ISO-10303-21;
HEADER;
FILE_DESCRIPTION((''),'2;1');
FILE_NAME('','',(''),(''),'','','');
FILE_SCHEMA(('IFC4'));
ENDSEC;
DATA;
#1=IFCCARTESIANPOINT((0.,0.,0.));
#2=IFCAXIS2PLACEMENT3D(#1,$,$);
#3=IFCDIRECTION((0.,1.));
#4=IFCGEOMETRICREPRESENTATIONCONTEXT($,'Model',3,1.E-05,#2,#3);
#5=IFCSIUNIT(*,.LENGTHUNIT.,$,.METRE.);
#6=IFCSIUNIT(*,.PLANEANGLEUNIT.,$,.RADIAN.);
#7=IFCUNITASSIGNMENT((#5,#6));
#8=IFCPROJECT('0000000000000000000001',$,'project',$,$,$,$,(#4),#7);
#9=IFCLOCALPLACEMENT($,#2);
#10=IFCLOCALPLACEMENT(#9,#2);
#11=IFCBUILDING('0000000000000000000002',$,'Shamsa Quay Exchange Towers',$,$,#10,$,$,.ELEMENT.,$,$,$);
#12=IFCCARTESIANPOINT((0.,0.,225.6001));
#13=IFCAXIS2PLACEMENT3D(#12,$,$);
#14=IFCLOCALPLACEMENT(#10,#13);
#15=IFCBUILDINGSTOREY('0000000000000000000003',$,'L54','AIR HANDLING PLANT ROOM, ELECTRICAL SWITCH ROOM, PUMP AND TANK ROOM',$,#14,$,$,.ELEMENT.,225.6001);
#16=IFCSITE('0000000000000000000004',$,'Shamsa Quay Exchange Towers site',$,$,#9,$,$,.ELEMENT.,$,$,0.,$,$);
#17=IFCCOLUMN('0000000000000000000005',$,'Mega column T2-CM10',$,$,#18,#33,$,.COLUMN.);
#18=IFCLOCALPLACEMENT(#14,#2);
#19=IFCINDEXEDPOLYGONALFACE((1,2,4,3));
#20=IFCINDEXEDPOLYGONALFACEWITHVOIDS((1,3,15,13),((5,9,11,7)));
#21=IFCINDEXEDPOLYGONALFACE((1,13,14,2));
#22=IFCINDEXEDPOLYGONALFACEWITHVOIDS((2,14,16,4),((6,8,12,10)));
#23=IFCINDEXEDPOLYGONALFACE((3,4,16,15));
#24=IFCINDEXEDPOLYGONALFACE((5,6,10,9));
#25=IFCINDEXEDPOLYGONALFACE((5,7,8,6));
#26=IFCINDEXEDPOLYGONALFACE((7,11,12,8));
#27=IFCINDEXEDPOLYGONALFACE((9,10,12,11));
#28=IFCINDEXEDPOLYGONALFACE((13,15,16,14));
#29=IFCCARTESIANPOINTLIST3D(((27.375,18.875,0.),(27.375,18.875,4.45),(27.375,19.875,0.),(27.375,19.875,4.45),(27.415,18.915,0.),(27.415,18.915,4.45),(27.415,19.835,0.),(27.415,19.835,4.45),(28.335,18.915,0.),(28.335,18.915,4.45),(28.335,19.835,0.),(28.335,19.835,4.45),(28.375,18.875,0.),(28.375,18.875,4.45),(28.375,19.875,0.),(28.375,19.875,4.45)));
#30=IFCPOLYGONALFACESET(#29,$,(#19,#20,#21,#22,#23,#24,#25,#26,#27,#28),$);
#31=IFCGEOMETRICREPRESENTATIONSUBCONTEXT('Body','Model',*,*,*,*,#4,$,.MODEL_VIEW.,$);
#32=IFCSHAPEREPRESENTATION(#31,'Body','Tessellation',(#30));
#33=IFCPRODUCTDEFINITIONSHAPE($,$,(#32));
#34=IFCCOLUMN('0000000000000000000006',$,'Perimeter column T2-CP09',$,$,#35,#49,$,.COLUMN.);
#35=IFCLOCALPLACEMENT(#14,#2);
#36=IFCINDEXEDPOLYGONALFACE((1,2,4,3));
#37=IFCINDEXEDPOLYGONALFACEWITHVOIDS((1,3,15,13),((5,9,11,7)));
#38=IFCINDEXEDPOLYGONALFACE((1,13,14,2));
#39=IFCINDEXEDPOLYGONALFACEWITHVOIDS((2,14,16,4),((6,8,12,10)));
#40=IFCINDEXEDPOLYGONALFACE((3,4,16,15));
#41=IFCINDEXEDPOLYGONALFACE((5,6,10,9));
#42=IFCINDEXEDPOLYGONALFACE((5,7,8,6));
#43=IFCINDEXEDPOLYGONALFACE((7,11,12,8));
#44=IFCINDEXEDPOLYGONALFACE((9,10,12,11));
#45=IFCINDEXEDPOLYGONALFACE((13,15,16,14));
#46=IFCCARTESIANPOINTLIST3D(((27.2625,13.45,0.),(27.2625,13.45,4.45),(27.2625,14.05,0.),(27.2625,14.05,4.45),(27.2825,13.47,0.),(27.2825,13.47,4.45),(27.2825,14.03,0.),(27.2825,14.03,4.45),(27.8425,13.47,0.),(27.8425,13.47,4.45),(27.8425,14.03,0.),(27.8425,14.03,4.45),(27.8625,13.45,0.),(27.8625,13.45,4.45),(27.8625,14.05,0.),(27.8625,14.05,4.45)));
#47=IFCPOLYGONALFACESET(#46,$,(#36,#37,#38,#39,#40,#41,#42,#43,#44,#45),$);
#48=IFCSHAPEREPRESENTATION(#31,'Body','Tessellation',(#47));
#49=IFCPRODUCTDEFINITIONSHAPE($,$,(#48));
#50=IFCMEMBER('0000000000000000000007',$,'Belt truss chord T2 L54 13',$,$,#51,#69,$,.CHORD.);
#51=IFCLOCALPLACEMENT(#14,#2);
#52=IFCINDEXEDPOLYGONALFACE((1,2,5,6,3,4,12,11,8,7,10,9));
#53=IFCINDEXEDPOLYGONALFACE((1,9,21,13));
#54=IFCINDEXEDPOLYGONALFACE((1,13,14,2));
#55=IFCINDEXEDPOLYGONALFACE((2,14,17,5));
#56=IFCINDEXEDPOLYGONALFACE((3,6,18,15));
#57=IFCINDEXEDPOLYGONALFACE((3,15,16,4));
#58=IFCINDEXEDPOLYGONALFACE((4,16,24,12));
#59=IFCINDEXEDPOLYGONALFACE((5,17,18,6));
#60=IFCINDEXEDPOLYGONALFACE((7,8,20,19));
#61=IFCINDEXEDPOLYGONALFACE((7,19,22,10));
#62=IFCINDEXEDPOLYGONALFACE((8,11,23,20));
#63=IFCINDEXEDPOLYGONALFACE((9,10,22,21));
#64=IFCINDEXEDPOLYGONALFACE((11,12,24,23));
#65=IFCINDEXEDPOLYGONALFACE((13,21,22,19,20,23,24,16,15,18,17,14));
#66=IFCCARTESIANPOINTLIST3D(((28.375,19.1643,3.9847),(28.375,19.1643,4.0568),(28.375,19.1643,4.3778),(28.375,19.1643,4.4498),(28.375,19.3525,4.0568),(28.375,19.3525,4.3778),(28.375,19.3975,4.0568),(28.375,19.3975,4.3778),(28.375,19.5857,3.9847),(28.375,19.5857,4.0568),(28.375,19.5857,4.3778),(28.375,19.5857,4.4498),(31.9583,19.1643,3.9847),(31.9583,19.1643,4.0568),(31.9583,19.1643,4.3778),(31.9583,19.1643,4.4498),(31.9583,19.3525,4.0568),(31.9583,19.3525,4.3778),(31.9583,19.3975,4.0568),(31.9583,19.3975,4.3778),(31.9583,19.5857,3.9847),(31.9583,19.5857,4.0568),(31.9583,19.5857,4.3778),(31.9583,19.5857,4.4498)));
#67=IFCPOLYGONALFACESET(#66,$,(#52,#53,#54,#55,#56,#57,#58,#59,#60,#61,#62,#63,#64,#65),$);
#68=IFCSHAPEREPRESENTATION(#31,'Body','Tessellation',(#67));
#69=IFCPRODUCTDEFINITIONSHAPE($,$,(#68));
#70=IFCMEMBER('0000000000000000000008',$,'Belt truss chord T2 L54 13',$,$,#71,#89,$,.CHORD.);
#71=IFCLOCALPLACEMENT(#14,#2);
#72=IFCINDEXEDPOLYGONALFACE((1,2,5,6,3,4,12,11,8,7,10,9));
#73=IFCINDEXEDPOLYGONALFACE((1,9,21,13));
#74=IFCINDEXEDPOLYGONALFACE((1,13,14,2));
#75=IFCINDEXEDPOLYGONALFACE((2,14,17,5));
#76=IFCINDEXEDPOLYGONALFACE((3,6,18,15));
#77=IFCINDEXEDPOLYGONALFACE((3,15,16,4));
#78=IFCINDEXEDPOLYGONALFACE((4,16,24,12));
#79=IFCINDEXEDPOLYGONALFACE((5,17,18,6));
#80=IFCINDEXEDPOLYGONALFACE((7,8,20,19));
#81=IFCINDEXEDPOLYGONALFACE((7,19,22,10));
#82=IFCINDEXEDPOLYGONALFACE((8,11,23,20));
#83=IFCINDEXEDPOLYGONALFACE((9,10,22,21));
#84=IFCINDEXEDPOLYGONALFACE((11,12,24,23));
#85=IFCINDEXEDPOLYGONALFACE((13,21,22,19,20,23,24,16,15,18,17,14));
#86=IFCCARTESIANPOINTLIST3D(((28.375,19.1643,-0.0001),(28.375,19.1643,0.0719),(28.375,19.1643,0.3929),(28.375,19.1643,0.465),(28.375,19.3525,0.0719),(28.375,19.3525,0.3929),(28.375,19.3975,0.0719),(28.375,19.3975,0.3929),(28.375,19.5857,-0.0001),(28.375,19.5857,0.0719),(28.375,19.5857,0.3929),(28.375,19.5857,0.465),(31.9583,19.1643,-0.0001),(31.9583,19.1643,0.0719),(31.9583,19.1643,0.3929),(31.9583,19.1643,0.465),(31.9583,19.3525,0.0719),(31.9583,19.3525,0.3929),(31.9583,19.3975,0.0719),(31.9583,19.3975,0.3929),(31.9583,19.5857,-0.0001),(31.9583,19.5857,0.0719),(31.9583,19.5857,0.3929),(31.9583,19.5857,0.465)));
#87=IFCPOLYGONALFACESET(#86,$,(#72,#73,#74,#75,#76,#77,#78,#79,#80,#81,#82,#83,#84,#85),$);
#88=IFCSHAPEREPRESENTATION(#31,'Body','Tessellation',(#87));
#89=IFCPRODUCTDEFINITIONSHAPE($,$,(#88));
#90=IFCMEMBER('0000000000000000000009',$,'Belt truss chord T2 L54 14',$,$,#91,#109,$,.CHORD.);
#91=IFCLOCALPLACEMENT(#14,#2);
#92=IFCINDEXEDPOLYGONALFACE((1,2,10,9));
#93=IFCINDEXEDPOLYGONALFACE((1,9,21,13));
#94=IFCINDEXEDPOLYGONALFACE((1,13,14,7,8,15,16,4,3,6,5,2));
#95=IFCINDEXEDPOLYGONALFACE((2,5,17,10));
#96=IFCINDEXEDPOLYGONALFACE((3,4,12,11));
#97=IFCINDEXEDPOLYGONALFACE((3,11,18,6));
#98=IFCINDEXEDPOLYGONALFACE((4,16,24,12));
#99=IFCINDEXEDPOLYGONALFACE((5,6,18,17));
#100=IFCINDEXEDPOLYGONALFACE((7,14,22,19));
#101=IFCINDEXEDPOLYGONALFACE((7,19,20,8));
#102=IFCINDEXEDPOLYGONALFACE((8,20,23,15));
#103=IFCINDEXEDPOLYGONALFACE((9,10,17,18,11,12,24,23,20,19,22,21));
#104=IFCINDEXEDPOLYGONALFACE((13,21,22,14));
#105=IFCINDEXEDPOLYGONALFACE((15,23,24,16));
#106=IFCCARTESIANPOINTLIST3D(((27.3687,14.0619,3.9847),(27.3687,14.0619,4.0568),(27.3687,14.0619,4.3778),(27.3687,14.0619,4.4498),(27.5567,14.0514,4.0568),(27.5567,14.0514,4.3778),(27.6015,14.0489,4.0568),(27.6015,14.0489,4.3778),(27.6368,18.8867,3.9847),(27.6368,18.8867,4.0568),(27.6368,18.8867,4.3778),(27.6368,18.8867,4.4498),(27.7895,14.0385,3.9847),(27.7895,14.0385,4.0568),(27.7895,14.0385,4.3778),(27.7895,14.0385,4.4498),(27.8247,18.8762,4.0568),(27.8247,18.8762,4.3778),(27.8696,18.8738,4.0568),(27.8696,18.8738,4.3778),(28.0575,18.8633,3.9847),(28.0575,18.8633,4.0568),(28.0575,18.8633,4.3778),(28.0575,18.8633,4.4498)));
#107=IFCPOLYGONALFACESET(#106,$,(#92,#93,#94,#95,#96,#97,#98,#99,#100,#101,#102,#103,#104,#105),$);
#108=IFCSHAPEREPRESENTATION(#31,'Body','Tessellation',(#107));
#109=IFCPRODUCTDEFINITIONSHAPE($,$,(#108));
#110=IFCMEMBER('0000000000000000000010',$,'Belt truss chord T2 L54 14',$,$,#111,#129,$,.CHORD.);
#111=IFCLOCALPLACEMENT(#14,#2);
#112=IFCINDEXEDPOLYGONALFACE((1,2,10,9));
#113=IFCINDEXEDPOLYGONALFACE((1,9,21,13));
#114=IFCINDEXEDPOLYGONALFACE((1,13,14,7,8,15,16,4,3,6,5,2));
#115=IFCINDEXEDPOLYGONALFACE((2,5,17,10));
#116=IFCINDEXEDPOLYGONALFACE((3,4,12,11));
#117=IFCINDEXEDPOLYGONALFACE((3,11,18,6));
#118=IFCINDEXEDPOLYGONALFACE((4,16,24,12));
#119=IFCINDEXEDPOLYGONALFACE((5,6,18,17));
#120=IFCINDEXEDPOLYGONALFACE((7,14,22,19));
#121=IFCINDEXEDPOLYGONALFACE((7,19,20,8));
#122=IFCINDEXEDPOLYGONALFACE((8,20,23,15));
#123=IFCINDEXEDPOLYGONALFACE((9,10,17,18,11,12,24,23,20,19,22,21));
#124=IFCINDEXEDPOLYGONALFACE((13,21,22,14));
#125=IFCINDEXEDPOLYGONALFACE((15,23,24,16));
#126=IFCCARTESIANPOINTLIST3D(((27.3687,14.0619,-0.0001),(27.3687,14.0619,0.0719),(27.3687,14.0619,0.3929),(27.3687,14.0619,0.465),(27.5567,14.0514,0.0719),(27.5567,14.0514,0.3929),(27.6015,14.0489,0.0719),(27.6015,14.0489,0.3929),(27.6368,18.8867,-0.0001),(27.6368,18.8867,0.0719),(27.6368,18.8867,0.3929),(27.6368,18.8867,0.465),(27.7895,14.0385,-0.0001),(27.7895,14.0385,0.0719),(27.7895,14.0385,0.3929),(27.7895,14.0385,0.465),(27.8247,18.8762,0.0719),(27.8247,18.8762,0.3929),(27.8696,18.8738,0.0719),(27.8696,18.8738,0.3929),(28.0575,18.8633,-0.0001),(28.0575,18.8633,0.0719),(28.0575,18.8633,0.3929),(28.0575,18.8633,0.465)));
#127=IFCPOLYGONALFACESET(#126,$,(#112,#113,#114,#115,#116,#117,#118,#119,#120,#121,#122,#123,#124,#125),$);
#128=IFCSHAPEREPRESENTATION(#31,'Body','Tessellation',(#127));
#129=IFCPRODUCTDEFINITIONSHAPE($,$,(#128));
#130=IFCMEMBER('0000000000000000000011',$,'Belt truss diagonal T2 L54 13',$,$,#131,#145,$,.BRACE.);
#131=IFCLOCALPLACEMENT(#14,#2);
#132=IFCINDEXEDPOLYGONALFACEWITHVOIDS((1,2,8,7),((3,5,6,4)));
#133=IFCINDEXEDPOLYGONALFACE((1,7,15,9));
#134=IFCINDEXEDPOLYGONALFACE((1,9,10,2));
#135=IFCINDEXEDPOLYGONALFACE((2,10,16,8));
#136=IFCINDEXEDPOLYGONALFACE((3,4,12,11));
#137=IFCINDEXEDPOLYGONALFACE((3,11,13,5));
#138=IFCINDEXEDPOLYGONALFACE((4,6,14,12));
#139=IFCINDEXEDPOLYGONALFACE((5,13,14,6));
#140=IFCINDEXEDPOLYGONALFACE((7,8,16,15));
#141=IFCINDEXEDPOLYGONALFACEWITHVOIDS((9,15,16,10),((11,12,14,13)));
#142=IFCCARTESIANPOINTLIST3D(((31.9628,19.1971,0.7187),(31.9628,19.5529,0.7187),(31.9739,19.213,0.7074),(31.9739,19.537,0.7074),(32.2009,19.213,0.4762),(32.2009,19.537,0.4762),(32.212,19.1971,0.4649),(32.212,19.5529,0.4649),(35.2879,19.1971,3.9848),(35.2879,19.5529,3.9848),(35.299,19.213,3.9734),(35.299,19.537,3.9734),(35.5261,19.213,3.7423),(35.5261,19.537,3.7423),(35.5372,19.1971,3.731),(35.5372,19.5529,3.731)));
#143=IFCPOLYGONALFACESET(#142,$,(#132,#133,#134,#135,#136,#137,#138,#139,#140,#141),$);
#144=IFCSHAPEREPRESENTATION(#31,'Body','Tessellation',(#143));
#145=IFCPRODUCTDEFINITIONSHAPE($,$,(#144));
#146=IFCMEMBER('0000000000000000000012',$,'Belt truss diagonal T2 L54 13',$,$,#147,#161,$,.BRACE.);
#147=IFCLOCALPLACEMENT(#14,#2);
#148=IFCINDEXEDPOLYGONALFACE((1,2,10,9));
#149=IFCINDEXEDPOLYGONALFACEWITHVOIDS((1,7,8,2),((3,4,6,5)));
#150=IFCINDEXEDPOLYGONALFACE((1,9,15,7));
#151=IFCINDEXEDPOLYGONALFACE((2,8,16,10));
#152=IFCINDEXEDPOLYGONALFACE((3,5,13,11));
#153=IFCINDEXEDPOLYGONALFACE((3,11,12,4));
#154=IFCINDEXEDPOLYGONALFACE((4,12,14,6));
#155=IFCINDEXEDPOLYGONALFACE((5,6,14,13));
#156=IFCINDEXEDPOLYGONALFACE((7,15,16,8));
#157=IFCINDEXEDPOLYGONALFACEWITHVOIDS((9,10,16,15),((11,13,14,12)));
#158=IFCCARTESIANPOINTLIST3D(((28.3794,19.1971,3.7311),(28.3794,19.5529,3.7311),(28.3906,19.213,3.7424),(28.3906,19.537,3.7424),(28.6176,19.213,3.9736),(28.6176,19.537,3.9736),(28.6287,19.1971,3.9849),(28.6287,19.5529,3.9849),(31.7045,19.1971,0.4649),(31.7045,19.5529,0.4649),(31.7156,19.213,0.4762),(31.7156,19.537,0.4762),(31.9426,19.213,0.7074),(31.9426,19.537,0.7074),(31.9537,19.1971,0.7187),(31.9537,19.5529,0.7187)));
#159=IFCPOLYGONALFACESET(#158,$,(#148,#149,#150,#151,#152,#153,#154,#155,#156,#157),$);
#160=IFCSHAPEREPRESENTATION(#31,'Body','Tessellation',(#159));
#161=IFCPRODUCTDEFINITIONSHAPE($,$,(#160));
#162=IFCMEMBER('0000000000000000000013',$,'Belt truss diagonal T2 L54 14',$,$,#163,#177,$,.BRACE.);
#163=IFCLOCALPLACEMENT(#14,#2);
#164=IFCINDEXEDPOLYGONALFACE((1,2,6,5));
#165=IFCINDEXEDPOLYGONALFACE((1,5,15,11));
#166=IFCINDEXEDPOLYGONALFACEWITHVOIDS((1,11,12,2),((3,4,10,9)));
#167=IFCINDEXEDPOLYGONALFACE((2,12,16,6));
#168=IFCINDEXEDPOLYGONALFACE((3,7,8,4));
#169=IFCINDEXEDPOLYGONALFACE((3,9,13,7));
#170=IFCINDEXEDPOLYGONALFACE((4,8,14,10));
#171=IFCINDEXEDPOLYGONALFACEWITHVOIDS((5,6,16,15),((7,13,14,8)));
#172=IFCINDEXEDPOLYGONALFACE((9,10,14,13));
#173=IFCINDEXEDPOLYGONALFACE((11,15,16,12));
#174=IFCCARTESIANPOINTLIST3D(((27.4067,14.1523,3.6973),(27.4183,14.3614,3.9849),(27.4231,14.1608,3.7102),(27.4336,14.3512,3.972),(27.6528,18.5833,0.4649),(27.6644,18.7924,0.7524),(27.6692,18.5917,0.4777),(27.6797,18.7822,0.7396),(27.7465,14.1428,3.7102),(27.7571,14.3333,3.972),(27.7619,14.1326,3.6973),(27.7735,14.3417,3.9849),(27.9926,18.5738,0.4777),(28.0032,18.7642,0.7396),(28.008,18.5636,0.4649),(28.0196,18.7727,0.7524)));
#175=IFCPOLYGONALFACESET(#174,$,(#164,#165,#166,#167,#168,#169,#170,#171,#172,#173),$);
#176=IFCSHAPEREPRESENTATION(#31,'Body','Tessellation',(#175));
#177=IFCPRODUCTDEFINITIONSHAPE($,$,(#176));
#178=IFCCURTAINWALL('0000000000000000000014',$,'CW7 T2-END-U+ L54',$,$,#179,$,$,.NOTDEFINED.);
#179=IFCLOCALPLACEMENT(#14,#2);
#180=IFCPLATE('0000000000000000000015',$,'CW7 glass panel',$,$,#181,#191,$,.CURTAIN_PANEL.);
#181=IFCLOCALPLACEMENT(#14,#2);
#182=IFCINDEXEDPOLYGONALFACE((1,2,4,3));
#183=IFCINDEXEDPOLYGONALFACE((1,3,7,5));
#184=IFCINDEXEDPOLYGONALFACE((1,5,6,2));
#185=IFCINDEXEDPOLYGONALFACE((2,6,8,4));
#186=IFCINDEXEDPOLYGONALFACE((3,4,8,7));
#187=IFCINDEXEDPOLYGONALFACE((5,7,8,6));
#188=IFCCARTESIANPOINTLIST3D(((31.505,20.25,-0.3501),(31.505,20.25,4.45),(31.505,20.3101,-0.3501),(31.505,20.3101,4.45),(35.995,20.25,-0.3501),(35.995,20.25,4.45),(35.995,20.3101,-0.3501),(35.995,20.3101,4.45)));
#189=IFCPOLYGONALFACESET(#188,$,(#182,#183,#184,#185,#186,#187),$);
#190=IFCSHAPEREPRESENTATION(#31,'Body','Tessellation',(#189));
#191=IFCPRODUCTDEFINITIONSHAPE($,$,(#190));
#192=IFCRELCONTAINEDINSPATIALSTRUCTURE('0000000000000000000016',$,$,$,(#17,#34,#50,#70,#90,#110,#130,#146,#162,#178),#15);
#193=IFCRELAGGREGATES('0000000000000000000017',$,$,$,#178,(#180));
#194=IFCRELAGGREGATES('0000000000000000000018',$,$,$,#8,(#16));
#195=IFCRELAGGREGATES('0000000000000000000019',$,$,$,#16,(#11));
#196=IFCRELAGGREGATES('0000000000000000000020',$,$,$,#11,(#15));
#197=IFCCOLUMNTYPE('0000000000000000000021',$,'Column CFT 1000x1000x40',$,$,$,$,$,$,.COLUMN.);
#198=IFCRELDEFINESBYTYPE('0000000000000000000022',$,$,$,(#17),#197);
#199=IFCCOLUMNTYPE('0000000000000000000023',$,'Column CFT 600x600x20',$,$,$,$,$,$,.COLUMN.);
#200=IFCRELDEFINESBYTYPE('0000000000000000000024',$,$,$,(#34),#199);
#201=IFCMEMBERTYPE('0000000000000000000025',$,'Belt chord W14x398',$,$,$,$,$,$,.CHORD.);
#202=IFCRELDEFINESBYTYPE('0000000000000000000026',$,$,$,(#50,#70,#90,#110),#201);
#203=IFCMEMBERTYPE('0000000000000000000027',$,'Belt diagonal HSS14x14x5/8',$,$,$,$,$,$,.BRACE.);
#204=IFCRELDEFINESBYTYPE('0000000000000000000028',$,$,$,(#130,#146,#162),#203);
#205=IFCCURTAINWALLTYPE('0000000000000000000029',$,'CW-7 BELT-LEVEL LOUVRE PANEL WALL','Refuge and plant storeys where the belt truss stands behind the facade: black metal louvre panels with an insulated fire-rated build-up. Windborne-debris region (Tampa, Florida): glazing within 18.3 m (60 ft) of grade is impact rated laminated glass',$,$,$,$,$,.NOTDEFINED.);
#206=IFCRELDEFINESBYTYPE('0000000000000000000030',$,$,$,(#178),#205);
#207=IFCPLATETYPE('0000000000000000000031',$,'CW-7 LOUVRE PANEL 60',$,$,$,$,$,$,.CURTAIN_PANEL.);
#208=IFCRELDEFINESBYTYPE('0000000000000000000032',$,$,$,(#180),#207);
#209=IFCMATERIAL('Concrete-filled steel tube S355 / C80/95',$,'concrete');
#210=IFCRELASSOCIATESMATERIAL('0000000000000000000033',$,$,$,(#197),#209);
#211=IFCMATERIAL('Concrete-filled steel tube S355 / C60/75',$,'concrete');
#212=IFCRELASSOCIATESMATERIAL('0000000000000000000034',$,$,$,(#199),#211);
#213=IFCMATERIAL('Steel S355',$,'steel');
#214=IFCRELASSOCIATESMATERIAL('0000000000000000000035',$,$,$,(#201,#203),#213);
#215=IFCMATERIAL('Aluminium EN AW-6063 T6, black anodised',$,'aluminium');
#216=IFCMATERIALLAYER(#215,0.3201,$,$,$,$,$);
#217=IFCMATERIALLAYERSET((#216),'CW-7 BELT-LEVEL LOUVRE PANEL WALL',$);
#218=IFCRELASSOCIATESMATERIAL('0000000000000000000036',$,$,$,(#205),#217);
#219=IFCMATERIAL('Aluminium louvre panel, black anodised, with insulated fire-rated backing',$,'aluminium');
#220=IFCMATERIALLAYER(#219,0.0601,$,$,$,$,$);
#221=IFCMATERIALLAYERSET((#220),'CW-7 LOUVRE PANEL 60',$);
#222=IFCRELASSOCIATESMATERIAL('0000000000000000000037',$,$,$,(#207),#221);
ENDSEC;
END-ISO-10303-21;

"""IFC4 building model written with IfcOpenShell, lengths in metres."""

from ifc_helpers import new_model, si_unit, direction, frame, origin, origin_2d, place, context, subcontext, project, spatial, rectangle, hollow_rectangle, i_section, extrude, material, layer, layer_set, material_profile, profile_set, type_object, element, aggregate, save


model = new_model("IFC4")

# Units and contexts
model_context = context("Model", 3, precision=1e-05, world=origin(), true_north=direction((0.0, 1.0)))
body_context = subcontext(model_context, "Body", "Model", "MODEL_VIEW")
ifc_project = project(units=[si_unit("LENGTHUNIT", "METRE"), si_unit("PLANEANGLEUNIT", "RADIAN")], contexts=[model_context])

# Site, building, storey
site_placement = place(None, origin())
site = spatial("IfcSite", under=ifc_project, at=site_placement, Name="Shamsa Quay Exchange Towers site", CompositionType="ELEMENT", RefElevation=0.0)
building_placement = place(site_placement, origin())
building = spatial("IfcBuilding", under=site, at=building_placement, Name="Shamsa Quay Exchange Towers", CompositionType="ELEMENT")
storey_placement = place(building_placement, frame((0.0, 0.0, 225.6001)))
storey = spatial("IfcBuildingStorey", under=building, at=storey_placement, Name="L54", Description="AIR HANDLING PLANT ROOM, ELECTRICAL SWITCH ROOM, PUMP AND TANK ROOM", CompositionType="ELEMENT", Elevation=225.6001)

# Columns
ifc_material_1 = material(Name="Concrete-filled steel tube S355 / C80/95", Category="concrete")
ifc_material_profile_1 = material_profile(ifc_material_1, hollow_rectangle(XDim=1.0, YDim=1.0, WallThickness=0.04, at=origin_2d()), Name="CFT 1000x1000x40")
ifc_profile_set_1 = profile_set([ifc_material_profile_1], Name="Concrete-filled steel tube S355 / C80/95")
column_type_1 = type_object("IfcColumnType", Name="Column CFT 1000x1000x40", PredefinedType="COLUMN", material=ifc_profile_set_1)
column_1_placement = place(storey_placement, frame((27.875, 19.375, 0.0)))
element("IfcColumn", 1, at=column_1_placement, inside=storey, type_object=column_type_1, Name="Mega column T2-CM10", PredefinedType="COLUMN", context=body_context, shape_type="SweptSolid", body=[
    extrude(hollow_rectangle(XDim=1.0, YDim=1.0, WallThickness=0.04, at=origin_2d()), origin(), (0.0, 0.0, 1.0), 4.45),
])
ifc_material_2 = material(Name="Concrete-filled steel tube S355 / C60/75", Category="concrete")
ifc_material_profile_2 = material_profile(ifc_material_2, hollow_rectangle(XDim=0.6001, YDim=0.6001, WallThickness=0.02, at=origin_2d()), Name="CFT 600x600x20")
ifc_profile_set_2 = profile_set([ifc_material_profile_2], Name="Concrete-filled steel tube S355 / C60/75")
column_type_2 = type_object("IfcColumnType", Name="Column CFT 600x600x20", PredefinedType="COLUMN", material=ifc_profile_set_2)
column_2_placement = place(storey_placement, frame((27.5625, 13.75, 0.0)))
element("IfcColumn", 2, at=column_2_placement, inside=storey, type_object=column_type_2, Name="Perimeter column T2-CP09", PredefinedType="COLUMN", context=body_context, shape_type="SweptSolid", body=[
    extrude(hollow_rectangle(XDim=0.6001, YDim=0.6001, WallThickness=0.02, at=origin_2d()), origin(), (0.0, 0.0, 1.0), 4.45),
])

# Members
ifc_material_3 = material(Name="Steel S355", Category="steel")
ifc_material_profile_3 = material_profile(ifc_material_3, i_section(OverallWidth=0.4214, OverallDepth=0.4651, WebThickness=0.0449, FlangeThickness=0.072, at=origin_2d()), Name="W14x398")
ifc_profile_set_3 = profile_set([ifc_material_profile_3], Name="Steel S355")
member_type_1 = type_object("IfcMemberType", Name="Belt chord W14x398", PredefinedType="CHORD", material=ifc_profile_set_3)
for number, where, z_axis, x_axis, name in (
    (3, (31.9583, 19.375, 4.2173), (-1.0, 0.0, 0.0), (0.0, -1.0, 0.0), "Belt truss chord T2 L54 13"),
    (4, (31.9583, 19.375, 0.2324), (-1.0, 0.0, 0.0), (0.0, -1.0, 0.0), "Belt truss chord T2 L54 13"),
):
    element("IfcMember", number, at=place(storey_placement, frame(where, z_axis=z_axis, x_axis=x_axis)), inside=storey, type_object=member_type_1, Name=name, PredefinedType="CHORD", context=body_context, shape_type="SweptSolid", body=[
        extrude(i_section(OverallWidth=0.4214, OverallDepth=0.4651, WebThickness=0.0449, FlangeThickness=0.072, at=origin_2d()), origin(), (0.0, 0.0, 1.0), 3.5833),
    ])
for number, where, z_axis, x_axis, name in (
    (5, (27.8472, 18.875, 4.2173), (-0.055473, -0.99846, 0.0), (0.99846, -0.055473, 0.0), "Belt truss chord T2 L54 14"),
    (6, (27.8472, 18.875, 0.2324), (-0.055473, -0.99846, 0.0), (0.99846, -0.055473, 0.0), "Belt truss chord T2 L54 14"),
):
    element("IfcMember", number, at=place(storey_placement, frame(where, z_axis=z_axis, x_axis=x_axis)), inside=storey, type_object=member_type_1, Name=name, PredefinedType="CHORD", context=body_context, shape_type="SweptSolid", body=[
        extrude(i_section(OverallWidth=0.4214, OverallDepth=0.4651, WebThickness=0.0449, FlangeThickness=0.072, at=origin_2d()), origin(), (0.0, 0.0, 1.0), 4.8323),
    ])
ifc_material_profile_4 = material_profile(ifc_material_3, hollow_rectangle(XDim=0.3557, YDim=0.3557, WallThickness=0.0159, at=origin_2d()), Name="HSS14x14x5/8")
ifc_profile_set_4 = profile_set([ifc_material_profile_4], Name="Steel S355")
member_type_2 = type_object("IfcMemberType", Name="Belt diagonal HSS14x14x5/8", PredefinedType="BRACE", material=ifc_profile_set_4)
for number, where, z_axis, x_axis, name in (
    (7, (32.0874, 19.375, 0.5918), (0.713416, 0.0, 0.70074), (0.0, 1.0, 0.0), "Belt truss diagonal T2 L54 13"),
    (8, (31.8291, 19.375, 0.5918), (-0.713391, 0.0, 0.700767), (0.0, -1.0, 0.0), "Belt truss diagonal T2 L54 13"),
):
    element("IfcMember", number, at=place(storey_placement, frame(where, z_axis=z_axis, x_axis=x_axis)), inside=storey, type_object=member_type_2, Name=name, PredefinedType="BRACE", context=body_context, shape_type="SweptSolid", body=[
        extrude(hollow_rectangle(XDim=0.3557, YDim=0.3557, WallThickness=0.0159, at=origin_2d()), origin(), (0.0, 0.0, 1.0), 4.6609),
    ])
member_placement = place(storey_placement, frame((27.8362, 18.678, 0.6086), z_axis=(-0.044824, -0.807061, 0.588764), x_axis=(0.998461, -0.055455, 0.0)))
element("IfcMember", 9, at=member_placement, inside=storey, type_object=member_type_2, Name="Belt truss diagonal T2 L54 14", PredefinedType="BRACE", context=body_context, shape_type="SweptSolid", body=[
    extrude(hollow_rectangle(XDim=0.3557, YDim=0.3557, WallThickness=0.0159, at=origin_2d()), origin(), (0.0, 0.0, 1.0), 5.4902),
])

# Curtain wall, plate
ifc_material_4 = material(Name="Aluminium EN AW-6063 T6, black anodised", Category="aluminium")
ifc_layer_1 = layer(ifc_material_4, 0.3201)
ifc_layer_set_1 = layer_set([ifc_layer_1], Name="CW-7 BELT-LEVEL LOUVRE PANEL WALL")
curtain_wall_type = type_object("IfcCurtainWallType", Name="CW-7 BELT-LEVEL LOUVRE PANEL WALL", Description="Refuge and plant storeys where the belt truss stands behind the facade: black metal louvre panels with an insulated fire-rated build-up. Windborne-debris region (Tampa, Florida): glazing within 18.3 m (60 ft) of grade is impact rated laminated glass", PredefinedType="NOTDEFINED", material=ifc_layer_set_1)
curtain_wall_1_placement = place(storey_placement, origin())
curtain_wall_1 = element("IfcCurtainWall", 10, at=curtain_wall_1_placement, inside=storey, type_object=curtain_wall_type, Name="CW7 T2-END-U+ L54", PredefinedType="NOTDEFINED")
ifc_material_5 = material(Name="Aluminium louvre panel, black anodised, with insulated fire-rated backing", Category="aluminium")
ifc_layer_2 = layer(ifc_material_5, 0.0601)
ifc_layer_set_2 = layer_set([ifc_layer_2], Name="CW-7 LOUVRE PANEL 60")
plate_type = type_object("IfcPlateType", Name="CW-7 LOUVRE PANEL 60", PredefinedType="CURTAIN_PANEL", material=ifc_layer_set_2)
plate_1_placement = place(storey_placement, frame((33.75, 20.28, -0.3501), z_axis=(0.0, 0.0, 1.0), x_axis=(-1.0, 0.0, 0.0)))
plate_1 = element("IfcPlate", 11, at=plate_1_placement, type_object=plate_type, Name="CW7 glass panel", PredefinedType="CURTAIN_PANEL", context=body_context, shape_type="SweptSolid", body=[
    extrude(rectangle(XDim=4.49, YDim=0.0601, at=origin_2d()), origin(), (0.0, 0.0, 1.0), 4.8),
])
aggregate(curtain_wall_1, [plate_1])

save(model, "model.ifc")
